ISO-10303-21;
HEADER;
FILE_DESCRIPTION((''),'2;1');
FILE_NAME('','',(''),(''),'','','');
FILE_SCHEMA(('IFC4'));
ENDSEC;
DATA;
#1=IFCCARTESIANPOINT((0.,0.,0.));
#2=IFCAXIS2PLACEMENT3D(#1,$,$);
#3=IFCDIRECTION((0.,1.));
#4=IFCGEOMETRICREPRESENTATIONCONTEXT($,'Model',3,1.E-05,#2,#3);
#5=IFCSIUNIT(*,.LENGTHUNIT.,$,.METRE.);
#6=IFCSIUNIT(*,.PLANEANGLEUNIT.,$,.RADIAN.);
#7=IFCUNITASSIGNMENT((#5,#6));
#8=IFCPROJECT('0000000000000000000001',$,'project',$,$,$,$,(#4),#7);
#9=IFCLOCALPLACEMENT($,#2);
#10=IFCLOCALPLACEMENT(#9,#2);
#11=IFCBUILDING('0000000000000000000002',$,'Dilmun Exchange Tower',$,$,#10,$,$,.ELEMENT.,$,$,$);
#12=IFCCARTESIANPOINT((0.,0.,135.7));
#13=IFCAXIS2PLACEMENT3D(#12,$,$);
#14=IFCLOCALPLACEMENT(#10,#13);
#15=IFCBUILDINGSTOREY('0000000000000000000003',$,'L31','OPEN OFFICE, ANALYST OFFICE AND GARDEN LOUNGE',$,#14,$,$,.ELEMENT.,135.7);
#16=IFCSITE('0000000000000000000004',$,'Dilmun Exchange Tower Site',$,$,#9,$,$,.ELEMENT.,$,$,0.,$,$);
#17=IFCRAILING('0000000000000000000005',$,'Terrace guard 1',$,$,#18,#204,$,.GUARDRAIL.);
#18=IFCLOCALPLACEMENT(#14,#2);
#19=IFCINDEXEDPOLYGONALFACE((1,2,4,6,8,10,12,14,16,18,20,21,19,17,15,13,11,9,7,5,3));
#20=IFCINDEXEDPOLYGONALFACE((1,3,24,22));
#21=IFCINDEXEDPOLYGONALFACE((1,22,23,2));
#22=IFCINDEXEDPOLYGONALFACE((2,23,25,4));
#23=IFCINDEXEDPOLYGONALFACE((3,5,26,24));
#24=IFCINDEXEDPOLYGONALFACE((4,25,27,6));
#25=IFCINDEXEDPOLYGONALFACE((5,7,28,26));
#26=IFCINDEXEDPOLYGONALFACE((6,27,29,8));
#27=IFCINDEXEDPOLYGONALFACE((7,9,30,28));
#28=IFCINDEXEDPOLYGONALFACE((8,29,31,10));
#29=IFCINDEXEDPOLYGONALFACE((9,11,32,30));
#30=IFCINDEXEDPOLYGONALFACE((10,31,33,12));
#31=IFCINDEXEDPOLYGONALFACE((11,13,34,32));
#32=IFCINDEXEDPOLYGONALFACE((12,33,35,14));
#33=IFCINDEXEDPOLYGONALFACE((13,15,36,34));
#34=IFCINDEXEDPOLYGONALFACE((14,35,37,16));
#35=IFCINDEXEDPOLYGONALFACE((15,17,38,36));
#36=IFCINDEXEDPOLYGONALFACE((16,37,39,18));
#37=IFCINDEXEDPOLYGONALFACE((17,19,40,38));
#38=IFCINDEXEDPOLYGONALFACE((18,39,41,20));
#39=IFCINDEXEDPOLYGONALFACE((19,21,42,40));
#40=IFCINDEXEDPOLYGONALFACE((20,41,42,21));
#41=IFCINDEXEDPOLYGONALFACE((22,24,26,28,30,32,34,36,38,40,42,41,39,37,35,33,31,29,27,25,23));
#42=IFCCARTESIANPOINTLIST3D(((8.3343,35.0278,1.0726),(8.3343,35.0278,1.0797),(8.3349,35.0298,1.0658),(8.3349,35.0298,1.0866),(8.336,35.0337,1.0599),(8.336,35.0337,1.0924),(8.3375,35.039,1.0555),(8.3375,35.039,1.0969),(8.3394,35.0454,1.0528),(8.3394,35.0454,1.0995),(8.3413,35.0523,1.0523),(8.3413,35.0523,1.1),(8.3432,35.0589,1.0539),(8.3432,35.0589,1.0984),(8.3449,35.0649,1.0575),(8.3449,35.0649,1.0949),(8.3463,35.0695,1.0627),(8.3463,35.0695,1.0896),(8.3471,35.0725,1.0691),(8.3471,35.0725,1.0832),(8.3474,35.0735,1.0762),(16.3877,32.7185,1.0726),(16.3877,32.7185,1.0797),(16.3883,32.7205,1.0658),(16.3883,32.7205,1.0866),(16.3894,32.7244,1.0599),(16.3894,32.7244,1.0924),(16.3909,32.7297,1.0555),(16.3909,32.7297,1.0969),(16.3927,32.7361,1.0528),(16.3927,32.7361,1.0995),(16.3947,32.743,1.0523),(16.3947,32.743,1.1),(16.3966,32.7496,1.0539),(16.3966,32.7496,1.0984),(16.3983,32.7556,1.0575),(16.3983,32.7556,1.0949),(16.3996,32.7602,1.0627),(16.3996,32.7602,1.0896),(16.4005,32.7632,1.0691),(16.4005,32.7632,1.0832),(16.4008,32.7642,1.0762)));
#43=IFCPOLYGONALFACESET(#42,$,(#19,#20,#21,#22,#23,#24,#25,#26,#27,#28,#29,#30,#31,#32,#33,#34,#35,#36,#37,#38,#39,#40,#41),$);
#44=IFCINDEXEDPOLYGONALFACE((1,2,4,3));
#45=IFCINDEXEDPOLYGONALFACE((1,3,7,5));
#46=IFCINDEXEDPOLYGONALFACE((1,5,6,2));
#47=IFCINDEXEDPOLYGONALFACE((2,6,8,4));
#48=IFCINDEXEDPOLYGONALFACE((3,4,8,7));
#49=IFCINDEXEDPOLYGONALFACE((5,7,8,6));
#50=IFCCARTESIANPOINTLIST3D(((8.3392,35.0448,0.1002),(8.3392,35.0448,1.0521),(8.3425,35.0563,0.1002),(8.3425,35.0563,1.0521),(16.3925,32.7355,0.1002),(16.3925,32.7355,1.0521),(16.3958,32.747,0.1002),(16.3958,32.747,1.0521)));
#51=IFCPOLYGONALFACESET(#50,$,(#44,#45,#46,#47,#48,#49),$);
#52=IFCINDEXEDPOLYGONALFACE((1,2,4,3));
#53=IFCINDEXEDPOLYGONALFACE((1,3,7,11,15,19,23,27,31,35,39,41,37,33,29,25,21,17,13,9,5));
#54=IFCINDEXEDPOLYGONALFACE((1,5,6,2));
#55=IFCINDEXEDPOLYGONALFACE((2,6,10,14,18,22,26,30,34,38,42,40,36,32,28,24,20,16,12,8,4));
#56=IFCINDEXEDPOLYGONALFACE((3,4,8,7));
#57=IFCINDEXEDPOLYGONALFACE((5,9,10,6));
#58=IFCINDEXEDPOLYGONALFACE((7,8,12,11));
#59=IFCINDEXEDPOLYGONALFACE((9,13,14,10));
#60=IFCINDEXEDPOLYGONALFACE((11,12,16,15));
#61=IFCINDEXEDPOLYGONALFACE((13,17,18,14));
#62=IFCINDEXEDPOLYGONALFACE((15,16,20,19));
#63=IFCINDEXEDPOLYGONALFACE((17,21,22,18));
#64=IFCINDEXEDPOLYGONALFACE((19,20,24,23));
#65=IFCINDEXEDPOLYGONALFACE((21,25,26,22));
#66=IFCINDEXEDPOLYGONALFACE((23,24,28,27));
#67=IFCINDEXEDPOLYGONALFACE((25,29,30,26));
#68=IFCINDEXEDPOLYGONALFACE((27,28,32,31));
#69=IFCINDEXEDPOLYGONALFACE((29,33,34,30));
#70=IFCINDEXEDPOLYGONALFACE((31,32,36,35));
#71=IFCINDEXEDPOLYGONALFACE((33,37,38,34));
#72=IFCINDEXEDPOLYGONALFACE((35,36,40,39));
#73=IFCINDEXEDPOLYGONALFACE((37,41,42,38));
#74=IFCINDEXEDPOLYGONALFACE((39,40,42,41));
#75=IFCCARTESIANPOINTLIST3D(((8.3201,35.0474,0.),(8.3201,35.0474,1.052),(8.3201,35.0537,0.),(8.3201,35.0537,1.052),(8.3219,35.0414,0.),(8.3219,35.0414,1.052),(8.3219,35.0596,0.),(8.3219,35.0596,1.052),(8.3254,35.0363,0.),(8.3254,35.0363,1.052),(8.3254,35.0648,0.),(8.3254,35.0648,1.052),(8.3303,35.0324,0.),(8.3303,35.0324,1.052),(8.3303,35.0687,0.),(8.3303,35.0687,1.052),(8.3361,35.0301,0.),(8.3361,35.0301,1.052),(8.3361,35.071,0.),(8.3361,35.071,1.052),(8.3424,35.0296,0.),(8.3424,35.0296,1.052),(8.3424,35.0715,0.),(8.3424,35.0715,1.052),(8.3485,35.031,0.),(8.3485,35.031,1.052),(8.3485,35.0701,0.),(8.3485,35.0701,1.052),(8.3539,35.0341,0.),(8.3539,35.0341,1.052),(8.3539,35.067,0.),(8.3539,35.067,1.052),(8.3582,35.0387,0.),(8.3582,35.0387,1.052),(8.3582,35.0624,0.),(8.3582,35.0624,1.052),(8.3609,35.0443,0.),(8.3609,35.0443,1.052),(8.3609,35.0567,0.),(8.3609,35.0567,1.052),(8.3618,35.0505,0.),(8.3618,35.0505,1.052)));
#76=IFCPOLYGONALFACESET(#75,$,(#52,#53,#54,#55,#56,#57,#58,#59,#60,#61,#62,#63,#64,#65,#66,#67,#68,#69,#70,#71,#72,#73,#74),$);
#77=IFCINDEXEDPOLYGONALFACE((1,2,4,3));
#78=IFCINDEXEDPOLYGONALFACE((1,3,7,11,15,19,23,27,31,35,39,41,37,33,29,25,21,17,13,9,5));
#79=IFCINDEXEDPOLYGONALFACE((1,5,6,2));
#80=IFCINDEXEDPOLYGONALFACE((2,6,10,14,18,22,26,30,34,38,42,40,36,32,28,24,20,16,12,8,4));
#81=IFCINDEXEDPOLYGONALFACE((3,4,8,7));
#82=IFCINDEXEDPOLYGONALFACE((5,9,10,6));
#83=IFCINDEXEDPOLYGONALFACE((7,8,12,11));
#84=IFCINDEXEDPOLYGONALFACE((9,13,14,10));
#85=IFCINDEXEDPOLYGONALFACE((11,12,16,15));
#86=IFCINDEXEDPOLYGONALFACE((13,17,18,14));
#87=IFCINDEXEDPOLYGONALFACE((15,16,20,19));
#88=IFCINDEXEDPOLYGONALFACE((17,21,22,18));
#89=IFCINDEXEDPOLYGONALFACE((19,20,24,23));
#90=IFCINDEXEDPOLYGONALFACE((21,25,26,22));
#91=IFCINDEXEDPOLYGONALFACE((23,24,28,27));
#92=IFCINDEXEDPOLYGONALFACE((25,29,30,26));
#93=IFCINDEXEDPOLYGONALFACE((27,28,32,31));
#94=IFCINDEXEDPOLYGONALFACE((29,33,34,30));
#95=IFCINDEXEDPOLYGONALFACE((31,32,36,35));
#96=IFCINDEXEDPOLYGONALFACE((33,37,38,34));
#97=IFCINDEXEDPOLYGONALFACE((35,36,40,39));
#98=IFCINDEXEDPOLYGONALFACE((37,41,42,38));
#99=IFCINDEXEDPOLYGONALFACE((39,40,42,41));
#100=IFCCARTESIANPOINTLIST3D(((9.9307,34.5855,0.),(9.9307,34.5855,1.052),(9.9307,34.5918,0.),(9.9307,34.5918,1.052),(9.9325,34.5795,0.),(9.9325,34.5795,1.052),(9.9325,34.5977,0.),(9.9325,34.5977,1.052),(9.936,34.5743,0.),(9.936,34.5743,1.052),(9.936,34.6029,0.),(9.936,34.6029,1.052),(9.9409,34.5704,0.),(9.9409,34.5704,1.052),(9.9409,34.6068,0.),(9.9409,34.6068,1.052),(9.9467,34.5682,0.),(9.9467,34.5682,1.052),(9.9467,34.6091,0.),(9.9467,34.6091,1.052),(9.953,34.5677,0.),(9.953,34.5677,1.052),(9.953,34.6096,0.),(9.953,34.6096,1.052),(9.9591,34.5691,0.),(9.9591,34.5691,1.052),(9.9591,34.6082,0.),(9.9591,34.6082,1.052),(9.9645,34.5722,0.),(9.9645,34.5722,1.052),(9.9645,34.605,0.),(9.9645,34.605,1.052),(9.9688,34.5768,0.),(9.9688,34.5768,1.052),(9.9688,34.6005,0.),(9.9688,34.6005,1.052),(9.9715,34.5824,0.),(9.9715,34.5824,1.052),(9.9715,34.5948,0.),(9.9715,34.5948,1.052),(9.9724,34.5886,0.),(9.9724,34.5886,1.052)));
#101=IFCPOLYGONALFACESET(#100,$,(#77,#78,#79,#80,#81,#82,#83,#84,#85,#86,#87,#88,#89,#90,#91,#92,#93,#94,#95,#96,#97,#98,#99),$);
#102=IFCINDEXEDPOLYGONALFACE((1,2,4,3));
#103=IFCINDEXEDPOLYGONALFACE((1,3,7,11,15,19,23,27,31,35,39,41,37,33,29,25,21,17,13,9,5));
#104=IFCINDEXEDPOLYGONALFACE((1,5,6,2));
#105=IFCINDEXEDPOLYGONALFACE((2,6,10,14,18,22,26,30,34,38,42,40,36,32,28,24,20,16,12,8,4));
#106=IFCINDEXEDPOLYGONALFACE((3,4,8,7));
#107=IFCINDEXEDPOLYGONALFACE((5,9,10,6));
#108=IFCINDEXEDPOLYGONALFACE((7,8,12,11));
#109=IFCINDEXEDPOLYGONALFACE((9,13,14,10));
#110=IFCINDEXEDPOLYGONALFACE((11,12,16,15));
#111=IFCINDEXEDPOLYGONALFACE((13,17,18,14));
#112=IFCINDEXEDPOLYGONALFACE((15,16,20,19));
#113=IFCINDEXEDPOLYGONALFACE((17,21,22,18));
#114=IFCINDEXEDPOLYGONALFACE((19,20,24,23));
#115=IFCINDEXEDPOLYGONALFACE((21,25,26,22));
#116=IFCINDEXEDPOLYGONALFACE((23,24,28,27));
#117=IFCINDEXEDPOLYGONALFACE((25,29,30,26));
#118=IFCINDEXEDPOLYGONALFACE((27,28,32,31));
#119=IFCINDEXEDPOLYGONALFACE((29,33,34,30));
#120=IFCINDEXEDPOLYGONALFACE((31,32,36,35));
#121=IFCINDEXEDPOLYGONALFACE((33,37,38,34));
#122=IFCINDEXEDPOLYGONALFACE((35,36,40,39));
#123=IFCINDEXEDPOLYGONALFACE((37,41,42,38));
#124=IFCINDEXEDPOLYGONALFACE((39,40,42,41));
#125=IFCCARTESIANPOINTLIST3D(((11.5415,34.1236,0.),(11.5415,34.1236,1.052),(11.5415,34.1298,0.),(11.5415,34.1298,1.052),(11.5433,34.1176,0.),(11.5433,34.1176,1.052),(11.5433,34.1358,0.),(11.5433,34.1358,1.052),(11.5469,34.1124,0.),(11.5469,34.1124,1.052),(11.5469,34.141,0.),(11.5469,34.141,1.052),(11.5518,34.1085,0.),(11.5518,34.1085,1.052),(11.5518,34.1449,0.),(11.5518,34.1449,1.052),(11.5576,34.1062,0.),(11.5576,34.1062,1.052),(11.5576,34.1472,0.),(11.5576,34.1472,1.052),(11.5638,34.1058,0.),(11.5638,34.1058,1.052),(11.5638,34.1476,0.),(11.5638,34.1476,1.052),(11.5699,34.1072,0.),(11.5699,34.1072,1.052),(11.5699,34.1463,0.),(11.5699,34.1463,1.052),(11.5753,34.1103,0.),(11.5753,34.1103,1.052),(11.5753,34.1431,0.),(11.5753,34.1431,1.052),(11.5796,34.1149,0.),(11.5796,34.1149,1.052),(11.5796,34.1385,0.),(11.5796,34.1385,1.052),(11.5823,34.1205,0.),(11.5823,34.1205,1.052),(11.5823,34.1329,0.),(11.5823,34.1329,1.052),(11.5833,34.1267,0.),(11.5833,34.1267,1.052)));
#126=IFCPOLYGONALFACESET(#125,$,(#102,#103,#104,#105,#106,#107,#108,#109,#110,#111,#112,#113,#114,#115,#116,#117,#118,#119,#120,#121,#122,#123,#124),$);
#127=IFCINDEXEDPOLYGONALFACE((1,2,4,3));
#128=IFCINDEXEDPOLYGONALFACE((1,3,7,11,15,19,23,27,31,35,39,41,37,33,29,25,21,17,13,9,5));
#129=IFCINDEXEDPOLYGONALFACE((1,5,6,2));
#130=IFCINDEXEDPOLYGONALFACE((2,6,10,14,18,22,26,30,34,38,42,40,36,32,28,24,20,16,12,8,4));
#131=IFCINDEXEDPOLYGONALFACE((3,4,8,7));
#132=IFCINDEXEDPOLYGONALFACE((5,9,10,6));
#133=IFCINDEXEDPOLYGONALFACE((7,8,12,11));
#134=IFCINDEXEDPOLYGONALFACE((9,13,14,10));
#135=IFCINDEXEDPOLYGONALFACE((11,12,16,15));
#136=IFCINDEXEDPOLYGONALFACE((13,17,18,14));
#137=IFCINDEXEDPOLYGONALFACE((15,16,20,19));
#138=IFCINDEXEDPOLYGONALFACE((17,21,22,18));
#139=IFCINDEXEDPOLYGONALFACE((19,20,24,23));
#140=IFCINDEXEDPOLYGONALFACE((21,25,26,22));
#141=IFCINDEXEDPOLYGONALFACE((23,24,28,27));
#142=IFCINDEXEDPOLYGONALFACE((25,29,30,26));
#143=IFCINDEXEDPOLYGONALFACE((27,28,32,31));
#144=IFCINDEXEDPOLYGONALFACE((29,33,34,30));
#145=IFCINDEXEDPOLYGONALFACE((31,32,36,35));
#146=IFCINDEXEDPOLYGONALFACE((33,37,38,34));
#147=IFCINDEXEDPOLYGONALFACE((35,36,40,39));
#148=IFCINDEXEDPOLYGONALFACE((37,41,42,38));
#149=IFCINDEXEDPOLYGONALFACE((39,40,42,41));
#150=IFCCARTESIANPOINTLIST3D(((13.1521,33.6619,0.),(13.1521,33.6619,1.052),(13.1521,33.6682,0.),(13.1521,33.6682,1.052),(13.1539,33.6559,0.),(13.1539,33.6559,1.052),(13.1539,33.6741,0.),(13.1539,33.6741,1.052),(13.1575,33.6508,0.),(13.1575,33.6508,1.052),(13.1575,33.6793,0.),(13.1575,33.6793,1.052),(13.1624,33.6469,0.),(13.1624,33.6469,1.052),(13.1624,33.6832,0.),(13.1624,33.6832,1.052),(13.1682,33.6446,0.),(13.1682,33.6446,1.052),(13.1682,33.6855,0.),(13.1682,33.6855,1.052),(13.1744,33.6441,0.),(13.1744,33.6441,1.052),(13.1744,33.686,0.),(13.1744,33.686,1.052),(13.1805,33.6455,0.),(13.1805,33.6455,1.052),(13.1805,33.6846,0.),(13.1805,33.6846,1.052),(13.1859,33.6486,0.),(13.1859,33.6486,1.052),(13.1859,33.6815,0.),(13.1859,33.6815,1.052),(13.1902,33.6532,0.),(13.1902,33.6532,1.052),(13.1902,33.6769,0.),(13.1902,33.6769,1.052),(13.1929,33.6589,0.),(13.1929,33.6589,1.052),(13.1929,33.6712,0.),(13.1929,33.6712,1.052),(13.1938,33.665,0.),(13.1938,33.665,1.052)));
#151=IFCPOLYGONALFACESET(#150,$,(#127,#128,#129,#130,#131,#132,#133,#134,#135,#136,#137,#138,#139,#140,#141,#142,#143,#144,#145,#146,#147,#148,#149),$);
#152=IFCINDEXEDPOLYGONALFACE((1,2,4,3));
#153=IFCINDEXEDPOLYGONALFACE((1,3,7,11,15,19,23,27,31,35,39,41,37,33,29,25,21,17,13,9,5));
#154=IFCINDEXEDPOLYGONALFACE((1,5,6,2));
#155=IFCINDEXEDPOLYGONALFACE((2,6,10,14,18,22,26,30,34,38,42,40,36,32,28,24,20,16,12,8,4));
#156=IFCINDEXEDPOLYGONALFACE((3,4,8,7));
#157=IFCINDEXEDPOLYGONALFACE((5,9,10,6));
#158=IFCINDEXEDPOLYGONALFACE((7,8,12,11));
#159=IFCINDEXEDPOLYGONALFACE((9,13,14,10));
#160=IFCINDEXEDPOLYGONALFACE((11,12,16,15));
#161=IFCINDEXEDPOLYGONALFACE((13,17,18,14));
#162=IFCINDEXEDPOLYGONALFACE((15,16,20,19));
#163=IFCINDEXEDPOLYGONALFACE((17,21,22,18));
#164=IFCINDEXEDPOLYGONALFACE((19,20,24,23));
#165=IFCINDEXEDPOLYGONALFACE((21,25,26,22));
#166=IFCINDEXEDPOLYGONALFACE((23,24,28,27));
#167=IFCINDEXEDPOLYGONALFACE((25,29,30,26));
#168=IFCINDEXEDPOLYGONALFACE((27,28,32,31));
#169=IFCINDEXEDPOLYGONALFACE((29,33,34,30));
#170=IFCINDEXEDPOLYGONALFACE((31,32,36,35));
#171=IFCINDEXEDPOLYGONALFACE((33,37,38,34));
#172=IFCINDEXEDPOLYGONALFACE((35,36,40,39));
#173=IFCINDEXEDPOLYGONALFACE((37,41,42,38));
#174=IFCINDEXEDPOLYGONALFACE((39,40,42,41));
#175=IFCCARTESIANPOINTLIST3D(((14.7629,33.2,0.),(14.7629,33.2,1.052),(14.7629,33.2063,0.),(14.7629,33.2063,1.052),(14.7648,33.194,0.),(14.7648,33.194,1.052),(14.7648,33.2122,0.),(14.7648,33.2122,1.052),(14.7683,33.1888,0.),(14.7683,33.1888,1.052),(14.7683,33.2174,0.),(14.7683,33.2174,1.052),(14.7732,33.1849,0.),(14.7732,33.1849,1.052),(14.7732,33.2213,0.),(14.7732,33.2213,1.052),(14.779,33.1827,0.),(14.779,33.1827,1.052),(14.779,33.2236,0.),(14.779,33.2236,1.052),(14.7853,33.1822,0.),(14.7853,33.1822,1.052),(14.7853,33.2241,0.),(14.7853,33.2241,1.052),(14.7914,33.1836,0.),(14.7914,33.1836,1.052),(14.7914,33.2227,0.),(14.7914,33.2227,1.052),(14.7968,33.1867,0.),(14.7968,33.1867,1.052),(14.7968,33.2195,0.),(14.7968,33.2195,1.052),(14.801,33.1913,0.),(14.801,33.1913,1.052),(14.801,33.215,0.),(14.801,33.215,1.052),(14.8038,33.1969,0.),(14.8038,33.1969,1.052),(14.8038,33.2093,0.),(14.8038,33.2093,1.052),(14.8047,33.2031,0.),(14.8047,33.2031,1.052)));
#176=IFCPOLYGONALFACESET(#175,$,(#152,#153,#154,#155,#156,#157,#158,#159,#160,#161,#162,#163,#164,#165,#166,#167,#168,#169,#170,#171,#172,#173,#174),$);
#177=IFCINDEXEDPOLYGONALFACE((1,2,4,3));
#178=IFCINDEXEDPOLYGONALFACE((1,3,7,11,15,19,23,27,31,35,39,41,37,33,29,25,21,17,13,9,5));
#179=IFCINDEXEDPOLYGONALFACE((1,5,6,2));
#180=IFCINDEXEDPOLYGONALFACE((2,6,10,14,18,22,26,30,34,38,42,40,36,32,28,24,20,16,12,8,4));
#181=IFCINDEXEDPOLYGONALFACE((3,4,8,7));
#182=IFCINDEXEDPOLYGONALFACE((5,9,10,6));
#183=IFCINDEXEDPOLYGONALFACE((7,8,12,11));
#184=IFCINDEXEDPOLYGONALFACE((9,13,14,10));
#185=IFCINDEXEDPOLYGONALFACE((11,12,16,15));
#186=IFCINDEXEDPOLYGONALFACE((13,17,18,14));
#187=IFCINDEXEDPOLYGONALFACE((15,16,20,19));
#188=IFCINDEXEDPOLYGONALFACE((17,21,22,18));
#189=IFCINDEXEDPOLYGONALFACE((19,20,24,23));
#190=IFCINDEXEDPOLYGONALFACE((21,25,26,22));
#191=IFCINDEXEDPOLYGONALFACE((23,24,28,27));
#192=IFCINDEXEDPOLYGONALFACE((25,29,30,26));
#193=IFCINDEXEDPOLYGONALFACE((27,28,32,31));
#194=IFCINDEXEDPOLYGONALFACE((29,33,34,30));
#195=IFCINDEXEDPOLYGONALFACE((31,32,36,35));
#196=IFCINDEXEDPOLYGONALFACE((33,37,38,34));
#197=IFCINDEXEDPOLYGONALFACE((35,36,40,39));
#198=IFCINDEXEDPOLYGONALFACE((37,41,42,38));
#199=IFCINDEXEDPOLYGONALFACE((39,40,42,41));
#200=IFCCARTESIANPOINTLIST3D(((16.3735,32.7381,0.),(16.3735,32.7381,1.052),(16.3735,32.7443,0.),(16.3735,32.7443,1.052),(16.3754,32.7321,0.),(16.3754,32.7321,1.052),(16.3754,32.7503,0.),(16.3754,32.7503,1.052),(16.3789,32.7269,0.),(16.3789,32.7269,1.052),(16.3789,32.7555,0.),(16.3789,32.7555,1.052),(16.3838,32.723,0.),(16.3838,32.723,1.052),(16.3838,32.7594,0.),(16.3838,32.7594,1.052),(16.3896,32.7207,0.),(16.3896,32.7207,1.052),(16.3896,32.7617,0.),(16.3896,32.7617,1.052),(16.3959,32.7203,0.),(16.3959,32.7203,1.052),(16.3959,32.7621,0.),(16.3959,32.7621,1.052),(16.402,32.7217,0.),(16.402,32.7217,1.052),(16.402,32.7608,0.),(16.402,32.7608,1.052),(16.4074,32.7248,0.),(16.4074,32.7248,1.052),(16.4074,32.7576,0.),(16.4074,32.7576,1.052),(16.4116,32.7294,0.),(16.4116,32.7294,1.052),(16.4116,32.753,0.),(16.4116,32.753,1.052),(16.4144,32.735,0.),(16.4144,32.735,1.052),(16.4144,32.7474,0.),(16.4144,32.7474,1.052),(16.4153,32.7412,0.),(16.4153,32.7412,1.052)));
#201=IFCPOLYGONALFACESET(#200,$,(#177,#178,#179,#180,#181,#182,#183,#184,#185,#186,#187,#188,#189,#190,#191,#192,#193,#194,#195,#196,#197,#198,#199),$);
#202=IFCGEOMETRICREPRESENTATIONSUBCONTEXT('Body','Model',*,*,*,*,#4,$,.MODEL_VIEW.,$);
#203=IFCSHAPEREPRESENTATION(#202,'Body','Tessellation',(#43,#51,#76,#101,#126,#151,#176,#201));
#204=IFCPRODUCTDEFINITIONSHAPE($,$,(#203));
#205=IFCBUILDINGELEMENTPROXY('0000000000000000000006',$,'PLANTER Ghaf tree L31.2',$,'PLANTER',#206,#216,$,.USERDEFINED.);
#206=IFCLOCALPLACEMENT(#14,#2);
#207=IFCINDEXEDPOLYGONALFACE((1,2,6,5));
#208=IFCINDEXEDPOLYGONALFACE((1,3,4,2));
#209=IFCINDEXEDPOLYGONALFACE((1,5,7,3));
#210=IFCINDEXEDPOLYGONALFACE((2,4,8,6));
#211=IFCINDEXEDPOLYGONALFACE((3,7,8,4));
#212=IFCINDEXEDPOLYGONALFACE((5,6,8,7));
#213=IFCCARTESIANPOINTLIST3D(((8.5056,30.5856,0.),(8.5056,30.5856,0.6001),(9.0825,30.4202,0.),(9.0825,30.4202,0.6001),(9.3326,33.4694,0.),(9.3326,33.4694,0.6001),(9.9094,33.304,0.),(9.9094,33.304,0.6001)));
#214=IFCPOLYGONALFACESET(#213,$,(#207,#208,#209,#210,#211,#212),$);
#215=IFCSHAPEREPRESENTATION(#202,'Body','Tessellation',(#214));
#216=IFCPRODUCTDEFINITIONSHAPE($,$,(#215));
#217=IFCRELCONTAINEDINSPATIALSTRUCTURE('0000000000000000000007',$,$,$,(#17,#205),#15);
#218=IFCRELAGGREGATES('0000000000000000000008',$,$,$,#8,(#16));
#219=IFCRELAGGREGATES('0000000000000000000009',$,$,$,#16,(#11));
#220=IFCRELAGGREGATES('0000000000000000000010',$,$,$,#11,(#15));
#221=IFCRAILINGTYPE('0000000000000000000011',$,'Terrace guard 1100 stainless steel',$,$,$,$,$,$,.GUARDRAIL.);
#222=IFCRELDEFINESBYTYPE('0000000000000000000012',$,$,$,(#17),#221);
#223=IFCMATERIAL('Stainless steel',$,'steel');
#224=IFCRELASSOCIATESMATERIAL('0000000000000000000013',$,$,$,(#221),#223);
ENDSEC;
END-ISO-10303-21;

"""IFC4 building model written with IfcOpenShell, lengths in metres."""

from ifc_helpers import new_model, si_unit, direction, frame, origin, origin_2d, place, context, subcontext, project, spatial, rectangle, circle, extrude, material, type_object, element, save


model = new_model("IFC4")

# Units and contexts
model_context = context("Model", 3, precision=1e-05, world=origin(), true_north=direction((0.0, 1.0)))
body_context = subcontext(model_context, "Body", "Model", "MODEL_VIEW")
ifc_project = project(units=[si_unit("LENGTHUNIT", "METRE"), si_unit("PLANEANGLEUNIT", "RADIAN")], contexts=[model_context])

# Site, building, storey
site_placement = place(None, origin())
site = spatial("IfcSite", under=ifc_project, at=site_placement, Name="Dilmun Exchange Tower Site", CompositionType="ELEMENT", RefElevation=0.0)
building_placement = place(site_placement, origin())
building = spatial("IfcBuilding", under=site, at=building_placement, Name="Dilmun Exchange Tower", CompositionType="ELEMENT")
storey_placement = place(building_placement, frame((0.0, 0.0, 135.7)))
storey = spatial("IfcBuildingStorey", under=building, at=storey_placement, Name="L31", Description="OPEN OFFICE, ANALYST OFFICE AND GARDEN LOUNGE", CompositionType="ELEMENT", Elevation=135.7)

# Railing
ifc_material_1 = material(Name="Stainless steel", Category="steel")
railing_type = type_object("IfcRailingType", Name="Terrace guard 1100 stainless steel", PredefinedType="GUARDRAIL", material=ifc_material_1)
railing_placement = place(storey_placement, frame((8.3408, 35.0505, 0.0)))
element("IfcRailing", 1, at=railing_placement, inside=storey, type_object=railing_type, Name="Terrace guard 1", PredefinedType="GUARDRAIL", context=body_context, shape_type="SweptSolid", body=[
    extrude(circle(Radius=0.0239, at=origin_2d()), frame((0.0, 0.0, 1.0762), z_axis=(0.961261, -0.275641, 0.0), x_axis=(0.275641, 0.961261, 0.0)), (0.0, 0.0, 1.0), 8.3779),
    extrude(rectangle(XDim=0.012, YDim=0.9519, at=origin_2d()), frame((0.0, 0.0, 0.5762), z_axis=(0.961261, -0.275641, 0.0), x_axis=(0.275641, 0.961261, 0.0)), (0.0, 0.0, 1.0), 8.3779),
    extrude(circle(Radius=0.021, at=origin_2d()), origin(), (0.0, 0.0, 1.0), 1.052),
    extrude(circle(Radius=0.021, at=origin_2d()), frame((1.6106, -0.4619, 0.0)), (0.0, 0.0, 1.0), 1.052),
    extrude(circle(Radius=0.021, at=origin_2d()), frame((3.2214, -0.9238, 0.0)), (0.0, 0.0, 1.0), 1.052),
    extrude(circle(Radius=0.021, at=origin_2d()), frame((4.832, -1.3855, 0.0)), (0.0, 0.0, 1.0), 1.052),
    extrude(circle(Radius=0.021, at=origin_2d()), frame((6.4429, -1.8474, 0.0)), (0.0, 0.0, 1.0), 1.052),
    extrude(circle(Radius=0.021, at=origin_2d()), frame((8.0535, -2.3093, 0.0)), (0.0, 0.0, 1.0), 1.052),
])

# Building element proxy
proxy_placement = place(storey_placement, frame((9.2075, 31.9448, 0.0), z_axis=(0.0, 0.0, 1.0), x_axis=(0.275637, 0.961262, 0.0)))
element("IfcBuildingElementProxy", 2, at=proxy_placement, inside=storey, Name="PLANTER Ghaf tree L31.2", ObjectType="PLANTER", PredefinedType="USERDEFINED", context=body_context, shape_type="SweptSolid", body=[
    extrude(rectangle(XDim=3.0, YDim=0.6001, at=origin_2d()), origin(), (0.0, 0.0, 1.0), 0.6001),
])

save(model, "model.ifc")
